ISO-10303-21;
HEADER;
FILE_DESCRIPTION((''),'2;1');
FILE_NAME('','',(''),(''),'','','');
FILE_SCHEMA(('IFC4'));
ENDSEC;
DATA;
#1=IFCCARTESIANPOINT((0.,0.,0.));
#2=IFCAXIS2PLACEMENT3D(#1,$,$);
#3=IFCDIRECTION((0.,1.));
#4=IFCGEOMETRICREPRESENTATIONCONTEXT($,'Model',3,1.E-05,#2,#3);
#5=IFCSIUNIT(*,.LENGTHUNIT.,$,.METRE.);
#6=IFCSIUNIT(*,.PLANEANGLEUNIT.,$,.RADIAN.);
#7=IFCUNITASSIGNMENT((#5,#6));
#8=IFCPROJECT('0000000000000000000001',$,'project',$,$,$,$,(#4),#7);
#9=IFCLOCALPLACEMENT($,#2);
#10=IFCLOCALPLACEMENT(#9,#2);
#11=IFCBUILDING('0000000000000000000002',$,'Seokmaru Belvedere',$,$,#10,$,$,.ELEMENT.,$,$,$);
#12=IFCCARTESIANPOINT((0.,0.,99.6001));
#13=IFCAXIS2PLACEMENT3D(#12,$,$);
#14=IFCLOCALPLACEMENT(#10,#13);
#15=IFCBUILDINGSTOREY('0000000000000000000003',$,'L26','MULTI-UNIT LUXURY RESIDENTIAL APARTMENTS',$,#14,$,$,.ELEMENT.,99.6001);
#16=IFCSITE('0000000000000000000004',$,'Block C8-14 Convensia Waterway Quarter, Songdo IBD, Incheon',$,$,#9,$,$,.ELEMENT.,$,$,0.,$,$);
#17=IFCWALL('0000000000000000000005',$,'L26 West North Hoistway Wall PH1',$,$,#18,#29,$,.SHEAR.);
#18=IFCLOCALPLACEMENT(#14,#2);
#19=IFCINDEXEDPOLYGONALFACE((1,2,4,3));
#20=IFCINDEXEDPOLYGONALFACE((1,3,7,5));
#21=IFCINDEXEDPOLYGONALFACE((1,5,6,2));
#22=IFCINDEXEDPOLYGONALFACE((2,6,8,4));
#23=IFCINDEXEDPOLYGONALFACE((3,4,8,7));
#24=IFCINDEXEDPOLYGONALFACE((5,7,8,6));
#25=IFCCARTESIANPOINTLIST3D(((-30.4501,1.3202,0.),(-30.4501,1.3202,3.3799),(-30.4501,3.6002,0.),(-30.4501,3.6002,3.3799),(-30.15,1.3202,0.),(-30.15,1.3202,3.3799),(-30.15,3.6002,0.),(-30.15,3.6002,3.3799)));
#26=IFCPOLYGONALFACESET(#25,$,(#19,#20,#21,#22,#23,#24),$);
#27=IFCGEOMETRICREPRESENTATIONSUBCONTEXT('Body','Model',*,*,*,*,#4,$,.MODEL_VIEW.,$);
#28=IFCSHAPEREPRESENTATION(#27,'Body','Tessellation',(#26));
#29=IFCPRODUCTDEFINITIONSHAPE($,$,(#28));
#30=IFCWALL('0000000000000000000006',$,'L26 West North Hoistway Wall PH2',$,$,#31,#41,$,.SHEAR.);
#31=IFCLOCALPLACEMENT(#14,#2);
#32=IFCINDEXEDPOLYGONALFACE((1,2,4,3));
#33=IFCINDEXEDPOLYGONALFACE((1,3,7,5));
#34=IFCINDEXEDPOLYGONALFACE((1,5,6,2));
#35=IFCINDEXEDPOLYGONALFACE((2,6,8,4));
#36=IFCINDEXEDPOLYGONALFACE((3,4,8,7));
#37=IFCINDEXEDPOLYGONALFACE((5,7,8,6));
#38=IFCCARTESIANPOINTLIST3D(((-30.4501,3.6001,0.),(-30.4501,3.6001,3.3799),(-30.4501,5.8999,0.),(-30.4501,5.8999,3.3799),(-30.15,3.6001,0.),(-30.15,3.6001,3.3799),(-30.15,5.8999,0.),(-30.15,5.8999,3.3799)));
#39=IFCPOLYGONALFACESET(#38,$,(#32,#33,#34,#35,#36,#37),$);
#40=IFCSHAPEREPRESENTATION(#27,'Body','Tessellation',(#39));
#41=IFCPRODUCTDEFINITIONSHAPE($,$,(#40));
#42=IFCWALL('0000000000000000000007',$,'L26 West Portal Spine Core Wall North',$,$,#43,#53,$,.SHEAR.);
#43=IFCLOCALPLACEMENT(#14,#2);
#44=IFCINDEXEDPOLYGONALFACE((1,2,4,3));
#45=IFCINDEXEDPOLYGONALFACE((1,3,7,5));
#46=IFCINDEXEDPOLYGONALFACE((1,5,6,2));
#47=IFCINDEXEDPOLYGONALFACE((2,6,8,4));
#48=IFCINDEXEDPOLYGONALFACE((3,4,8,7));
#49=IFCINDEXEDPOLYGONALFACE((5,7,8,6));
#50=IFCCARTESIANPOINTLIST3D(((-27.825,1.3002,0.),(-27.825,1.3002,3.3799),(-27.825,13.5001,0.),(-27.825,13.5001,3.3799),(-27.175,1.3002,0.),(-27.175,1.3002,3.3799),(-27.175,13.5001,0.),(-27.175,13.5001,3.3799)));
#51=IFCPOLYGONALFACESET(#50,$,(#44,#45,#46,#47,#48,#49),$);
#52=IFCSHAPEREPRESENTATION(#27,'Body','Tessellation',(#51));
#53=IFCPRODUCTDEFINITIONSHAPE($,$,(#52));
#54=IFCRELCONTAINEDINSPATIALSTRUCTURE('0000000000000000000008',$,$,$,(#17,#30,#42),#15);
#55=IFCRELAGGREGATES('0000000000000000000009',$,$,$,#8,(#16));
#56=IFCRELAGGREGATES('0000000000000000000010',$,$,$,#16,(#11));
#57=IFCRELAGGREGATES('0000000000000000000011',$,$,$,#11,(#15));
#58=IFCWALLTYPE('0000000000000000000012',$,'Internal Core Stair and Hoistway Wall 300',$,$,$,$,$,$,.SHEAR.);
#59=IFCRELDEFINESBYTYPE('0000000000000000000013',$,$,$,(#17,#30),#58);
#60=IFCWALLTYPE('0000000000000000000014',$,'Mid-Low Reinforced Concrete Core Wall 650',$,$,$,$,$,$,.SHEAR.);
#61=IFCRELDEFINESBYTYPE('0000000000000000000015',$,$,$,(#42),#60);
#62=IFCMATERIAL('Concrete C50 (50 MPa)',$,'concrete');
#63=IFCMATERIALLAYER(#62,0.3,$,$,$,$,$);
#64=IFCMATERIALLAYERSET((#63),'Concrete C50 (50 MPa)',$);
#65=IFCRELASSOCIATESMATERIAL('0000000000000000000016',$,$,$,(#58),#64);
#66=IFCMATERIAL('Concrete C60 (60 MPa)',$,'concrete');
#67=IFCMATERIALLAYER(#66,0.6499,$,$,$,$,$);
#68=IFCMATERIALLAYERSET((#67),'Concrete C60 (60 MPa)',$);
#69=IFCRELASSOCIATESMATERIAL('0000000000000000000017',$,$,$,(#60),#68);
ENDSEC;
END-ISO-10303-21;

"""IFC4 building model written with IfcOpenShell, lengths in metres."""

from ifc_helpers import new_model, si_unit, direction, frame, frame_2d, origin, place, context, subcontext, project, spatial, rectangle, extrude, material, layer, layer_set, type_object, element, save


model = new_model("IFC4")

# Units and contexts
model_context = context("Model", 3, precision=1e-05, world=origin(), true_north=direction((0.0, 1.0)))
body_context = subcontext(model_context, "Body", "Model", "MODEL_VIEW")
ifc_project = project(units=[si_unit("LENGTHUNIT", "METRE"), si_unit("PLANEANGLEUNIT", "RADIAN")], contexts=[model_context])

# Site, building, storey
site_placement = place(None, origin())
site = spatial("IfcSite", under=ifc_project, at=site_placement, Name="Block C8-14 Convensia Waterway Quarter, Songdo IBD, Incheon", CompositionType="ELEMENT", RefElevation=0.0)
building_placement = place(site_placement, origin())
building = spatial("IfcBuilding", under=site, at=building_placement, Name="Seokmaru Belvedere", CompositionType="ELEMENT")
storey_placement = place(building_placement, frame((0.0, 0.0, 99.6001)))
storey = spatial("IfcBuildingStorey", under=building, at=storey_placement, Name="L26", Description="MULTI-UNIT LUXURY RESIDENTIAL APARTMENTS", CompositionType="ELEMENT", Elevation=99.6001)

# Walls
ifc_material_1 = material(Name="Concrete C50 (50 MPa)", Category="concrete")
ifc_layer_1 = layer(ifc_material_1, 0.3)
ifc_layer_set_1 = layer_set([ifc_layer_1], Name="Concrete C50 (50 MPa)")
wall_type_1 = type_object("IfcWallType", Name="Internal Core Stair and Hoistway Wall 300", PredefinedType="SHEAR", material=ifc_layer_set_1)
wall_1_placement = place(storey_placement, frame((-30.3, 1.3201, 0.0), z_axis=(0.0, 0.0, 1.0), x_axis=(0.0, 1.0, 0.0)))
element("IfcWall", 1, at=wall_1_placement, inside=storey, type_object=wall_type_1, Name="L26 West North Hoistway Wall PH1", PredefinedType="SHEAR", context=body_context, shape_type="SweptSolid", body=[
    extrude(rectangle(XDim=2.28, YDim=0.3, at=frame_2d((1.1401, 0.0))), origin(), (0.0, 0.0, 1.0), 3.3799),
])
wall_2_placement = place(storey_placement, frame((-30.3, 3.6001, 0.0), z_axis=(0.0, 0.0, 1.0), x_axis=(0.0, 1.0, 0.0)))
element("IfcWall", 2, at=wall_2_placement, inside=storey, type_object=wall_type_1, Name="L26 West North Hoistway Wall PH2", PredefinedType="SHEAR", context=body_context, shape_type="SweptSolid", body=[
    extrude(rectangle(XDim=2.2998, YDim=0.3, at=frame_2d((1.1499, 0.0))), origin(), (0.0, 0.0, 1.0), 3.3799),
])
ifc_material_2 = material(Name="Concrete C60 (60 MPa)", Category="concrete")
ifc_layer_2 = layer(ifc_material_2, 0.6499)
ifc_layer_set_2 = layer_set([ifc_layer_2], Name="Concrete C60 (60 MPa)")
wall_type_2 = type_object("IfcWallType", Name="Mid-Low Reinforced Concrete Core Wall 650", PredefinedType="SHEAR", material=ifc_layer_set_2)
wall_3_placement = place(storey_placement, frame((-27.5, 1.3, 0.0), z_axis=(0.0, 0.0, 1.0), x_axis=(0.0, 1.0, 0.0)))
element("IfcWall", 3, at=wall_3_placement, inside=storey, type_object=wall_type_2, Name="L26 West Portal Spine Core Wall North", PredefinedType="SHEAR", context=body_context, shape_type="SweptSolid", body=[
    extrude(rectangle(XDim=12.2, YDim=0.6499, at=frame_2d((6.1001, 0.0))), origin(), (0.0, 0.0, 1.0), 3.3799),
])

save(model, "model.ifc")
